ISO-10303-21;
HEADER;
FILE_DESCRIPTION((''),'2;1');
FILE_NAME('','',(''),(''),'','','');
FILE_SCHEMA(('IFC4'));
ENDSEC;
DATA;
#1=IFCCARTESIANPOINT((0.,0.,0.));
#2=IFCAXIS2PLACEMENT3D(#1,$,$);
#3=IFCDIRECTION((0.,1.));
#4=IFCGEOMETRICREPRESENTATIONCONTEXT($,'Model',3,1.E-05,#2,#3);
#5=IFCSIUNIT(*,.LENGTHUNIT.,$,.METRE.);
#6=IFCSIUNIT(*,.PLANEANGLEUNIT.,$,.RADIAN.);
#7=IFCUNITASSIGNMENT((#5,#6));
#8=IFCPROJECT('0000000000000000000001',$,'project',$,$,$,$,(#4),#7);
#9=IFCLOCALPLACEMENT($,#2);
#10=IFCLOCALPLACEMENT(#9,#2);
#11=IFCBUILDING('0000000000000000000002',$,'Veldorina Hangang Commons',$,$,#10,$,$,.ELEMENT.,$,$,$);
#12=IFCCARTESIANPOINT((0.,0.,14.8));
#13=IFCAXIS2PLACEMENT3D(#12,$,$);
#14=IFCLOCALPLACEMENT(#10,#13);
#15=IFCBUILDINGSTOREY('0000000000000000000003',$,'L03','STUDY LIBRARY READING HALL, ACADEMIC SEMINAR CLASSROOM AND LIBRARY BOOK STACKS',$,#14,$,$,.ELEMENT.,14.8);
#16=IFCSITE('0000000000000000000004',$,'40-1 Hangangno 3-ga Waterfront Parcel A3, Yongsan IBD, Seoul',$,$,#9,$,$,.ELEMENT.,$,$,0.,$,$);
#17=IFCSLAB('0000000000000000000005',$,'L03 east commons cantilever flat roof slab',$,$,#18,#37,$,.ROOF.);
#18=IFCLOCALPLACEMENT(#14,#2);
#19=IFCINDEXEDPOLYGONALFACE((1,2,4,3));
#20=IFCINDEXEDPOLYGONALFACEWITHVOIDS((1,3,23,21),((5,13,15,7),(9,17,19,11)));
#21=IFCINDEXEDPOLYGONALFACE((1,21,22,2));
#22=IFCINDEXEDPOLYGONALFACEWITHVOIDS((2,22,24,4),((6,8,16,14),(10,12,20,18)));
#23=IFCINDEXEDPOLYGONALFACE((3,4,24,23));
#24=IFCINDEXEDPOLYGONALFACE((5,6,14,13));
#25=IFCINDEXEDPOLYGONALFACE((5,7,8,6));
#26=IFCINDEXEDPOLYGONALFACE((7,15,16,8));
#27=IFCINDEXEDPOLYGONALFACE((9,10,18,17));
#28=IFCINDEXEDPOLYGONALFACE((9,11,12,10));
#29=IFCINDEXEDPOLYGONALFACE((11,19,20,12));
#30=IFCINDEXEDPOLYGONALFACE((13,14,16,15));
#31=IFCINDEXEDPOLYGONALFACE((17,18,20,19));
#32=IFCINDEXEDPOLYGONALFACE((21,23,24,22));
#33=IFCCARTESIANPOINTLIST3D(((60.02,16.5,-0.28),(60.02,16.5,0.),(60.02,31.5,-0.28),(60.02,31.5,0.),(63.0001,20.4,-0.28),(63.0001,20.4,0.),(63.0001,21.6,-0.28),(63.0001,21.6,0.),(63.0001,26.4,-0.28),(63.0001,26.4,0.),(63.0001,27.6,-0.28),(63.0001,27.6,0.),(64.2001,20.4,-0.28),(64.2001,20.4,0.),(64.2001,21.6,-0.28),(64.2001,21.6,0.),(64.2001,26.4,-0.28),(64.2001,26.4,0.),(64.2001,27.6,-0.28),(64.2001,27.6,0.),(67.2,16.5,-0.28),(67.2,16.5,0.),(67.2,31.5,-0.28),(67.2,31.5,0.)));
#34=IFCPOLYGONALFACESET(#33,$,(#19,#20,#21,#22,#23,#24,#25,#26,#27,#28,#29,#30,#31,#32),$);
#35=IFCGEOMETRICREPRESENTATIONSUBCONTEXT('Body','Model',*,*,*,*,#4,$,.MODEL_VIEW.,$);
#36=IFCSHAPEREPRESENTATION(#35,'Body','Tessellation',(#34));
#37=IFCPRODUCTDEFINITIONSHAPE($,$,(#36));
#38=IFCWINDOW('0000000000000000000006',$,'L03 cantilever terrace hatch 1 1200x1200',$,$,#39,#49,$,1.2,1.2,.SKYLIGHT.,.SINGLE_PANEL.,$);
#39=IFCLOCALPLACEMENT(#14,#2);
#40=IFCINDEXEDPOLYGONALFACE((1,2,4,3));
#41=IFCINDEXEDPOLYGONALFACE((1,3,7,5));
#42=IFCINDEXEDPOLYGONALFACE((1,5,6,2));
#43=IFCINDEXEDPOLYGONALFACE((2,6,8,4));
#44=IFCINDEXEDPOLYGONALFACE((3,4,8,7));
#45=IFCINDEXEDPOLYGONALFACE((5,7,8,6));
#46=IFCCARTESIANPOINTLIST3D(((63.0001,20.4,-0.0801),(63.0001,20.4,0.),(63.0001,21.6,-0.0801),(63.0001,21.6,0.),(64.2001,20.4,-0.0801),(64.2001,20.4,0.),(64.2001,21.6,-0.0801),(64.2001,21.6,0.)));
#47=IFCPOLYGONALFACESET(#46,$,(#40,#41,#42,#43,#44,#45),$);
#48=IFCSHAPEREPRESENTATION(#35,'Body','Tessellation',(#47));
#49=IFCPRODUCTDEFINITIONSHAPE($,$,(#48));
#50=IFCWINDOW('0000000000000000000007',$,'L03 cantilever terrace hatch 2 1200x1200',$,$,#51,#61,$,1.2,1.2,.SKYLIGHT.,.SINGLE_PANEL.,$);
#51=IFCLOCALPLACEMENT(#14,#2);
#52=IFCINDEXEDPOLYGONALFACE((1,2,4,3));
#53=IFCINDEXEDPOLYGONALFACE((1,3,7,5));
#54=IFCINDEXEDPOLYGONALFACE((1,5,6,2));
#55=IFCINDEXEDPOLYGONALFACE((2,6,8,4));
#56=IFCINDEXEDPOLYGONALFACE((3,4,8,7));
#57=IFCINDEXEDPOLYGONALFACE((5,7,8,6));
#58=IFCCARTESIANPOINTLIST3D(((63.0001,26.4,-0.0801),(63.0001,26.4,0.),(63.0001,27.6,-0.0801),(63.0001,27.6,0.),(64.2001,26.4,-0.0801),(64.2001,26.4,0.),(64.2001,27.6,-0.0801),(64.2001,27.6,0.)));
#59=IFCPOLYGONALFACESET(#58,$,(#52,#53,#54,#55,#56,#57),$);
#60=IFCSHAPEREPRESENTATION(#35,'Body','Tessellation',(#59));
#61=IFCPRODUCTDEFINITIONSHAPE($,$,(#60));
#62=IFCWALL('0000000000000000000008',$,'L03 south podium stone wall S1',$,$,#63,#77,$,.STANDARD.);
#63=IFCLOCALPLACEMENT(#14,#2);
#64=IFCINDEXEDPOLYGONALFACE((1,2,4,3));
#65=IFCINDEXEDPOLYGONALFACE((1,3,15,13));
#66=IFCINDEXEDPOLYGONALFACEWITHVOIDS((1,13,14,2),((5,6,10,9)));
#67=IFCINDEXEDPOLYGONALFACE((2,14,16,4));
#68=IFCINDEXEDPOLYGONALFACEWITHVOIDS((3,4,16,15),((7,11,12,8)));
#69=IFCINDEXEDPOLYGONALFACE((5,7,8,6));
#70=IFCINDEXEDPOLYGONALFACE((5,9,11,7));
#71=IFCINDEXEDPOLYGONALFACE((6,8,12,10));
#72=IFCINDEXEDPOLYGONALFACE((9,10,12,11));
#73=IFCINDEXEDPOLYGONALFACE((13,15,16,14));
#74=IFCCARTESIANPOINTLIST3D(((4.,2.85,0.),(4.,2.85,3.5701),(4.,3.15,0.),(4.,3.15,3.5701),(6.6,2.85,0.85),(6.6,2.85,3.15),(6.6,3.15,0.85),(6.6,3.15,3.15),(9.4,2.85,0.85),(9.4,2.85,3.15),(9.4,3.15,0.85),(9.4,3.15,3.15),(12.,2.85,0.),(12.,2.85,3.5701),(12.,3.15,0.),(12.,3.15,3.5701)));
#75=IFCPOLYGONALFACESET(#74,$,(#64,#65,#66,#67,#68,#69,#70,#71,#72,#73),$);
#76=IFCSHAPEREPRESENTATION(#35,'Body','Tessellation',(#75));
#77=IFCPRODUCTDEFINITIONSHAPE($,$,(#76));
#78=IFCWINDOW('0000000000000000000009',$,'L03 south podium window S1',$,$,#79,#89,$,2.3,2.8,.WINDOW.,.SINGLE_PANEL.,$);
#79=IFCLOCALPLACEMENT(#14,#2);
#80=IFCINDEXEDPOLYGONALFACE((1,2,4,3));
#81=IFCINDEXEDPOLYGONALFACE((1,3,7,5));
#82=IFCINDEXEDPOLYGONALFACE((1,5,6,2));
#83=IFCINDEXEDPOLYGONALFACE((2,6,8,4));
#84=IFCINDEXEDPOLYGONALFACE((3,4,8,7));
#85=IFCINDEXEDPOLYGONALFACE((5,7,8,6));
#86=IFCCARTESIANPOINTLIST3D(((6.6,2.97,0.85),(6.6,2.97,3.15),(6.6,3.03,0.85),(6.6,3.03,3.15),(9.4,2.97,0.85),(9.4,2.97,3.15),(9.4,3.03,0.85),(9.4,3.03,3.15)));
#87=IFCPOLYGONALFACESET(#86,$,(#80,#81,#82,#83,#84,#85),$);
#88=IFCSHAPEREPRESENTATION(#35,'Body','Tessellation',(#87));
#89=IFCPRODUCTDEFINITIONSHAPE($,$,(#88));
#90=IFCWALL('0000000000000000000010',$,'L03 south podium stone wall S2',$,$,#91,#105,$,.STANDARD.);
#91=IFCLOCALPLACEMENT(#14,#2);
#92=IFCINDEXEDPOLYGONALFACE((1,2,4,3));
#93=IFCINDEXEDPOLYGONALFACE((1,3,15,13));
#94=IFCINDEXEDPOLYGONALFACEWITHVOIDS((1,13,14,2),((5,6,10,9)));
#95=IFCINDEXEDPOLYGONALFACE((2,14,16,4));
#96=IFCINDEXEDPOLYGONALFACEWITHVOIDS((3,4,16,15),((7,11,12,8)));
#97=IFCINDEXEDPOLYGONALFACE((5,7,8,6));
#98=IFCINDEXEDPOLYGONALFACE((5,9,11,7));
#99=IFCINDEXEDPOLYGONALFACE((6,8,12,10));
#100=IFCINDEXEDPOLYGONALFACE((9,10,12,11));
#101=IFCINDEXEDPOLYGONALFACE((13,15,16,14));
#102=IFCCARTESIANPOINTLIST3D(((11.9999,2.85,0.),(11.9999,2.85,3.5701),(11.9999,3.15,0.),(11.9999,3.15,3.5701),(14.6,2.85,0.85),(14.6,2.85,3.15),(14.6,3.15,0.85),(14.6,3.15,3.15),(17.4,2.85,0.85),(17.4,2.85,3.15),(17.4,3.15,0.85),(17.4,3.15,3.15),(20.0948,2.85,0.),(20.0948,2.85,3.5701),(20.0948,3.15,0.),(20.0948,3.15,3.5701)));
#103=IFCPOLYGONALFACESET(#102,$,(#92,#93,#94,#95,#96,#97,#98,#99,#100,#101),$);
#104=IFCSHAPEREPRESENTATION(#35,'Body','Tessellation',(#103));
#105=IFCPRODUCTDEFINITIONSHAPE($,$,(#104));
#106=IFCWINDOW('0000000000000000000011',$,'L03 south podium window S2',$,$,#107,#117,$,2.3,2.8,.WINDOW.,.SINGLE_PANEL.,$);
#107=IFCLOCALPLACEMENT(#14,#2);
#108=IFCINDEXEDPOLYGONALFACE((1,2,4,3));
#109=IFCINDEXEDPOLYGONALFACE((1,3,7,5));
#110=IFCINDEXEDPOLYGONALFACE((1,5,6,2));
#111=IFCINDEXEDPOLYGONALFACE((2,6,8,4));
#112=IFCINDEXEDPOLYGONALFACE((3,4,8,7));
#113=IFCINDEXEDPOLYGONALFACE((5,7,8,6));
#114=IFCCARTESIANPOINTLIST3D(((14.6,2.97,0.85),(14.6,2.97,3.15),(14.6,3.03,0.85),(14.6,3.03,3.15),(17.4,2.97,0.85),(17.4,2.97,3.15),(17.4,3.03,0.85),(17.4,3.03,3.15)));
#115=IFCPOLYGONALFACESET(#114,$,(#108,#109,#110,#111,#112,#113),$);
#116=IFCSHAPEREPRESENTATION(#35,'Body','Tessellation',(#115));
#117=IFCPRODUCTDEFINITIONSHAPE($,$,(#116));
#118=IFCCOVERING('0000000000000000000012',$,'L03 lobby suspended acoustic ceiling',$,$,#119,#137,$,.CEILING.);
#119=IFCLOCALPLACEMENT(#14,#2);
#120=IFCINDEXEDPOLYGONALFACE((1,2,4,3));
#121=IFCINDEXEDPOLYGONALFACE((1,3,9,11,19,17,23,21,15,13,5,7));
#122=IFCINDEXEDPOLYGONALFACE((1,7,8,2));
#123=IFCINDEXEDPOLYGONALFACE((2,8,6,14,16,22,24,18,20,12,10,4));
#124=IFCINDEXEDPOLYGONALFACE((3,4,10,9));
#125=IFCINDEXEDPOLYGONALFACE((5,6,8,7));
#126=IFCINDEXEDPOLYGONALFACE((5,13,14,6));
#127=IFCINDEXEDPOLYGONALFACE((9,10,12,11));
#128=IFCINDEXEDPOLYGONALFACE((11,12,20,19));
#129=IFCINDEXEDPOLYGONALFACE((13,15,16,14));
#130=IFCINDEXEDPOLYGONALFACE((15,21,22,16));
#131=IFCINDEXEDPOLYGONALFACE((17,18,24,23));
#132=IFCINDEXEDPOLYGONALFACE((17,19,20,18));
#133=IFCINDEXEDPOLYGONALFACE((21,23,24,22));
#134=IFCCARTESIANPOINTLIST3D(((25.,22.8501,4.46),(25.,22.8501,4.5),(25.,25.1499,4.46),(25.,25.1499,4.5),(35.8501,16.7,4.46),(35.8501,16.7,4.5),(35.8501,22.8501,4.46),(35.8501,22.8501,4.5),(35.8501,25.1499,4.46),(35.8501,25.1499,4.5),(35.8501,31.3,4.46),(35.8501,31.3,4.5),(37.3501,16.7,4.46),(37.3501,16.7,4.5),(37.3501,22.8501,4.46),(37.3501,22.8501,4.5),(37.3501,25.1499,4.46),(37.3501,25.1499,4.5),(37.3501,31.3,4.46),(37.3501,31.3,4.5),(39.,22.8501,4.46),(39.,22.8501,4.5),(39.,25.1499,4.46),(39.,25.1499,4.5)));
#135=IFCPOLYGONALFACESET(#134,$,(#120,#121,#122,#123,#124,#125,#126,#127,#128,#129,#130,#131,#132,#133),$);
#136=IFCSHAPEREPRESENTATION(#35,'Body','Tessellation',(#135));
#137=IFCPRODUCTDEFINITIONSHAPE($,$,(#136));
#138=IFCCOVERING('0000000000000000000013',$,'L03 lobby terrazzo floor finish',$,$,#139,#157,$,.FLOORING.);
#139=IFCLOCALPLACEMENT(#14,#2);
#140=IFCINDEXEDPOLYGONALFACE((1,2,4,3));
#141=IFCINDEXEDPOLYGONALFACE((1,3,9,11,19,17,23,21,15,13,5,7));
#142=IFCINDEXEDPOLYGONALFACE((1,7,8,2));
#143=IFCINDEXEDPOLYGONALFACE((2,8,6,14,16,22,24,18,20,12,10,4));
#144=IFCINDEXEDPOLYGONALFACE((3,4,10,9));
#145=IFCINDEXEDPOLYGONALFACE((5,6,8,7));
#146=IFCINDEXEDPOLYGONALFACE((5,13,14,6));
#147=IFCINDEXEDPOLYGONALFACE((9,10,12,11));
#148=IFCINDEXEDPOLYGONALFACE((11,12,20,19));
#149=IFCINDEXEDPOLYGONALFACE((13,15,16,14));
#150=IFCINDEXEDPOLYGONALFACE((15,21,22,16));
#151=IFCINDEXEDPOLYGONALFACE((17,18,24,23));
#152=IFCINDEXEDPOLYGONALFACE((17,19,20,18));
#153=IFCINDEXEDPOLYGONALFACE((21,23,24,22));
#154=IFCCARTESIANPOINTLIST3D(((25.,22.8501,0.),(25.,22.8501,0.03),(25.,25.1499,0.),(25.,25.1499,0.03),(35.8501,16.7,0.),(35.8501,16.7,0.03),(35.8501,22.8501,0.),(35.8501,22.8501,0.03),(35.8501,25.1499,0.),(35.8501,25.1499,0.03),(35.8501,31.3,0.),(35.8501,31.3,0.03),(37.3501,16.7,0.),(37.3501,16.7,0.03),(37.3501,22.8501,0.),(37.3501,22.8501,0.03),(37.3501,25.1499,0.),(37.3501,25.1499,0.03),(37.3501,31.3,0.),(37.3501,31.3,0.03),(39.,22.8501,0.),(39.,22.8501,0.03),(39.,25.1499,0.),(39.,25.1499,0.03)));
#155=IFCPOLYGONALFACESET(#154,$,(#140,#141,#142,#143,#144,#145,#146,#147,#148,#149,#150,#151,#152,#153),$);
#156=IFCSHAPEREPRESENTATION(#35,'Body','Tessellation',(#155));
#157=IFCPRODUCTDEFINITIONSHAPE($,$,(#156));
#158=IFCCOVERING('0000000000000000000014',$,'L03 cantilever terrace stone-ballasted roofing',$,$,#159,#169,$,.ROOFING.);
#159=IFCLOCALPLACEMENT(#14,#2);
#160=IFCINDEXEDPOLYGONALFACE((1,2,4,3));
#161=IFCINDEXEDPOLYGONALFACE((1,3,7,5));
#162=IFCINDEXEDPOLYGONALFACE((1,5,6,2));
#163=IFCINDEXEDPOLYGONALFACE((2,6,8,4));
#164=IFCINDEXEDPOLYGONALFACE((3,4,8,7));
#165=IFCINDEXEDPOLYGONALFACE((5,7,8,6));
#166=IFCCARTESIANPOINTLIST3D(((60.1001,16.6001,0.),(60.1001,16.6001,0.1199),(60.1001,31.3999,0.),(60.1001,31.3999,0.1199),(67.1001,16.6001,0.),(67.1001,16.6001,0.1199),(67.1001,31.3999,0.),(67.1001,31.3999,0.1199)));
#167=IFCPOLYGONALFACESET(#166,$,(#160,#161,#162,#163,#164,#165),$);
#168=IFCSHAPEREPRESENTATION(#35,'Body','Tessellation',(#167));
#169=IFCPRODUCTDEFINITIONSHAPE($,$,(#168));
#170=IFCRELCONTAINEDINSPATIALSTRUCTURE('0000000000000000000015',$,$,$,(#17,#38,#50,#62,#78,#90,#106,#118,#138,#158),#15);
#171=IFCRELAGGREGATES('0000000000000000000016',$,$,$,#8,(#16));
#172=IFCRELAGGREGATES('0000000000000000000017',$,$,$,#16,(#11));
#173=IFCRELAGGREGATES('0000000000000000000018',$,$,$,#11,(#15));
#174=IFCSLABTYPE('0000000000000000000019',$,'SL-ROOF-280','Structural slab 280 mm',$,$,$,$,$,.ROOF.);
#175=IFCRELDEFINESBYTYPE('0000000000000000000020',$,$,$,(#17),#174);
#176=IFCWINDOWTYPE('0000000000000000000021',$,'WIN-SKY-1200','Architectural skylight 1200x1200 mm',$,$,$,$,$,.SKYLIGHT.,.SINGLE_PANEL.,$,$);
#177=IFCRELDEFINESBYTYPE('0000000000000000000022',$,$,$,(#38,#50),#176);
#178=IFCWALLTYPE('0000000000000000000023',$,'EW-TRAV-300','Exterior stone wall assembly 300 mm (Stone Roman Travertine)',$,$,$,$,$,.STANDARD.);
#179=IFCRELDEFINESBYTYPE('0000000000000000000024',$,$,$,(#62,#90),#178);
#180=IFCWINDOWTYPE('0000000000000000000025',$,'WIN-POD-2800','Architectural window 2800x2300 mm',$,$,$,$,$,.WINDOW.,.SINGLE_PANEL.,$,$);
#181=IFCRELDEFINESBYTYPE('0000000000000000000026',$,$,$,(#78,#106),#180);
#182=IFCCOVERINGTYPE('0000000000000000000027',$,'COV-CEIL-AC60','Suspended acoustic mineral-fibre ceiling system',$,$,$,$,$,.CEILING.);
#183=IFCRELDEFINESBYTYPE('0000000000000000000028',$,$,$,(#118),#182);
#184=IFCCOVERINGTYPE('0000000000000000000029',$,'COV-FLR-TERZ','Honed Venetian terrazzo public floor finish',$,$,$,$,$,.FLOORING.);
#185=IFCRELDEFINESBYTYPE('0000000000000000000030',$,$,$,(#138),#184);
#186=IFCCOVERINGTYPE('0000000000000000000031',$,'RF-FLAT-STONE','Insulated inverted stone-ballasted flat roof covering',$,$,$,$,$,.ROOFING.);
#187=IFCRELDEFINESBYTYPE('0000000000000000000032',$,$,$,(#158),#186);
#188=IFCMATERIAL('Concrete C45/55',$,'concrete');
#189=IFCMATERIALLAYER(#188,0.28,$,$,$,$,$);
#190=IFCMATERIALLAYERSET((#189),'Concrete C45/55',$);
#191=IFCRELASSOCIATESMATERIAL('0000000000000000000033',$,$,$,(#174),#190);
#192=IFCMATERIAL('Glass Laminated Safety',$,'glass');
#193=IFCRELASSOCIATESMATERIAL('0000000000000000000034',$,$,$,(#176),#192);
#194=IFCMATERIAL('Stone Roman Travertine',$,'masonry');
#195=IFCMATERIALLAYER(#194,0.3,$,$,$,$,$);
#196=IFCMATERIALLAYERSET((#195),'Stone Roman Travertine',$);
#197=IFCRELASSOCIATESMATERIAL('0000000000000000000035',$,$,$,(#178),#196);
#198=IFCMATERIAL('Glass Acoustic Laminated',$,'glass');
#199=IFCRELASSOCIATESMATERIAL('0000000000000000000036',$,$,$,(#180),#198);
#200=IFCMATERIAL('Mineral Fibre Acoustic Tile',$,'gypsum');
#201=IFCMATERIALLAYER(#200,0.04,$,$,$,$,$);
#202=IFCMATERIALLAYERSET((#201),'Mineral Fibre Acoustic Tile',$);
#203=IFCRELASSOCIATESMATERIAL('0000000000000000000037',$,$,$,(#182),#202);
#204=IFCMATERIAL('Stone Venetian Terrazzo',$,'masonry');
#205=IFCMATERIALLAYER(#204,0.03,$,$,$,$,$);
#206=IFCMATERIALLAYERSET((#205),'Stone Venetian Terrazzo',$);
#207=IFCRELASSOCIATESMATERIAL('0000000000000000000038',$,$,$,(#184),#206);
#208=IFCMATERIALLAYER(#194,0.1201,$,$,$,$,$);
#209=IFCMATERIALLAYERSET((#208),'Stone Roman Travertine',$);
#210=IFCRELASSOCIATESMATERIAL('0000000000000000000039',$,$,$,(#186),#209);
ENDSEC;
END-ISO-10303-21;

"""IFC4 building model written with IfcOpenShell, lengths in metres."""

from ifc_helpers import new_model, si_unit, direction, frame, frame_2d, origin, origin_2d, place, context, subcontext, project, spatial, polyline, rectangle, outline, extrude, material, layer, layer_set, type_object, element, fill, save


model = new_model("IFC4")

# Units and contexts
model_context = context("Model", 3, precision=1e-05, world=origin(), true_north=direction((0.0, 1.0)))
body_context = subcontext(model_context, "Body", "Model", "MODEL_VIEW")
ifc_project = project(units=[si_unit("LENGTHUNIT", "METRE"), si_unit("PLANEANGLEUNIT", "RADIAN")], contexts=[model_context])

# Site, building, storey
site_placement = place(None, origin())
site = spatial("IfcSite", under=ifc_project, at=site_placement, Name="40-1 Hangangno 3-ga Waterfront Parcel A3, Yongsan IBD, Seoul", CompositionType="ELEMENT", RefElevation=0.0)
building_placement = place(site_placement, origin())
building = spatial("IfcBuilding", under=site, at=building_placement, Name="Veldorina Hangang Commons", CompositionType="ELEMENT")
storey_placement = place(building_placement, frame((0.0, 0.0, 14.8)))
storey = spatial("IfcBuildingStorey", under=building, at=storey_placement, Name="L03", Description="STUDY LIBRARY READING HALL, ACADEMIC SEMINAR CLASSROOM AND LIBRARY BOOK STACKS", CompositionType="ELEMENT", Elevation=14.8)

# Shared definitions
ifc_material_1 = material(Name="Concrete C45/55", Category="concrete")

# Slab, openings, windows
ifc_layer_1 = layer(ifc_material_1, 0.28)
ifc_layer_set_1 = layer_set([ifc_layer_1], Name="Concrete C45/55")
slab_type_1 = type_object("IfcSlabType", Name="SL-ROOF-280", Description="Structural slab 280 mm", PredefinedType="ROOF", material=ifc_layer_set_1)
slab_1_placement = place(storey_placement, frame((0.0, 0.0, -0.28)))
slab_1 = element("IfcSlab", 1, at=slab_1_placement, inside=storey, type_object=slab_type_1, Name="L03 east commons cantilever flat roof slab", PredefinedType="ROOF", context=body_context, shape_type="SweptSolid", body=[
    extrude(outline(polyline([(60.02, 16.5), (67.2, 16.5), (67.2, 31.5), (60.02, 31.5), (60.02, 16.5)])), origin(), (0.0, 0.0, 1.0), 0.28),
])
opening_1_placement = place(slab_1_placement, frame((63.6001, 21.0, 0.0)))
opening_1 = element("IfcOpeningElement", 2, at=opening_1_placement, cuts=slab_1, PredefinedType="OPENING", context=body_context, shape_type="SweptSolid", body=[
    extrude(rectangle(XDim=1.2, YDim=1.2, at=origin_2d()), frame((0.0, 0.0, -0.01)), (0.0, 0.0, 1.0), 0.3),
])
opening_2_placement = place(slab_1_placement, frame((63.6001, 27.0, 0.0)))
opening_2 = element("IfcOpeningElement", 3, at=opening_2_placement, cuts=slab_1, PredefinedType="OPENING", context=body_context, shape_type="SweptSolid", body=[
    extrude(rectangle(XDim=1.2, YDim=1.2, at=origin_2d()), frame((0.0, 0.0, -0.01)), (0.0, 0.0, 1.0), 0.3),
])
ifc_material_2 = material(Name="Glass Laminated Safety", Category="glass")
window_type_1 = type_object("IfcWindowType", Name="WIN-SKY-1200", Description="Architectural skylight 1200x1200 mm", PartitioningType="SINGLE_PANEL", PredefinedType="SKYLIGHT", material=ifc_material_2)
window_1_placement = place(opening_1_placement, frame((0.0, 0.0, 0.2)))
window_1 = element("IfcWindow", 4, at=window_1_placement, inside=storey, type_object=window_type_1, Name="L03 cantilever terrace hatch 1 1200x1200", OverallHeight=1.2, OverallWidth=1.2, PartitioningType="SINGLE_PANEL", PredefinedType="SKYLIGHT", context=body_context, shape_type="SweptSolid", body=[
    extrude(rectangle(XDim=1.2, YDim=1.2, at=origin_2d()), origin(), (0.0, 0.0, 1.0), 0.0801),
])
fill(opening_1, window_1)
window_2_placement = place(opening_2_placement, frame((0.0, 0.0, 0.2)))
window_2 = element("IfcWindow", 5, at=window_2_placement, inside=storey, type_object=window_type_1, Name="L03 cantilever terrace hatch 2 1200x1200", OverallHeight=1.2, OverallWidth=1.2, PartitioningType="SINGLE_PANEL", PredefinedType="SKYLIGHT", context=body_context, shape_type="SweptSolid", body=[
    extrude(rectangle(XDim=1.2, YDim=1.2, at=origin_2d()), origin(), (0.0, 0.0, 1.0), 0.0801),
])
fill(opening_2, window_2)

# Walls, openings, windows
ifc_material_3 = material(Name="Stone Roman Travertine", Category="masonry")
ifc_layer_2 = layer(ifc_material_3, 0.3)
ifc_layer_set_2 = layer_set([ifc_layer_2], Name="Stone Roman Travertine")
wall_type = type_object("IfcWallType", Name="EW-TRAV-300", Description="Exterior stone wall assembly 300 mm (Stone Roman Travertine)", PredefinedType="STANDARD", material=ifc_layer_set_2)
wall_1_placement = place(storey_placement, frame((4.0, 3.0, 0.0), z_axis=(0.0, 0.0, 1.0), x_axis=(1.0, 0.0, 0.0)))
wall_1 = element("IfcWall", 6, at=wall_1_placement, inside=storey, type_object=wall_type, Name="L03 south podium stone wall S1", PredefinedType="STANDARD", context=body_context, shape_type="SweptSolid", body=[
    extrude(rectangle(XDim=8.0, YDim=0.3, at=frame_2d((4.0, 0.0))), origin(), (0.0, 0.0, 1.0), 3.5701),
])
opening_3_placement = place(wall_1_placement, frame((2.6001, 0.0, 0.8501)))
opening_3 = element("IfcOpeningElement", 7, at=opening_3_placement, cuts=wall_1, PredefinedType="OPENING", context=body_context, shape_type="SweptSolid", body=[
    extrude(rectangle(XDim=2.8, YDim=2.3, at=frame_2d((1.3999, 1.1499))), frame((0.0, 0.1602, 0.0), z_axis=(0.0, -1.0, 0.0), x_axis=(1.0, 0.0, 0.0)), (0.0, 0.0, 1.0), 0.3201),
])
ifc_material_4 = material(Name="Glass Acoustic Laminated", Category="glass")
window_type_2 = type_object("IfcWindowType", Name="WIN-POD-2800", Description="Architectural window 2800x2300 mm", PartitioningType="SINGLE_PANEL", PredefinedType="WINDOW", material=ifc_material_4)
window_3_placement = place(opening_3_placement, origin())
window_3 = element("IfcWindow", 8, at=window_3_placement, inside=storey, type_object=window_type_2, Name="L03 south podium window S1", OverallHeight=2.3, OverallWidth=2.8, PartitioningType="SINGLE_PANEL", PredefinedType="WINDOW", context=body_context, shape_type="SweptSolid", body=[
    extrude(rectangle(XDim=2.8, YDim=2.3, at=frame_2d((1.3999, 1.1499))), frame((0.0, 0.03, 0.0), z_axis=(0.0, -1.0, 0.0), x_axis=(1.0, 0.0, 0.0)), (0.0, 0.0, 1.0), 0.0601),
])
fill(opening_3, window_3)
wall_2_placement = place(storey_placement, frame((12.0, 3.0, 0.0), z_axis=(0.0, 0.0, 1.0), x_axis=(1.0, 0.0, 0.0)))
wall_2 = element("IfcWall", 9, at=wall_2_placement, inside=storey, type_object=wall_type, Name="L03 south podium stone wall S2", PredefinedType="STANDARD", context=body_context, shape_type="SweptSolid", body=[
    extrude(rectangle(XDim=8.095, YDim=0.3, at=frame_2d((4.0474, 0.0))), origin(), (0.0, 0.0, 1.0), 3.5701),
])
opening_4_placement = place(wall_2_placement, frame((2.6001, 0.0, 0.8501)))
opening_4 = element("IfcOpeningElement", 10, at=opening_4_placement, cuts=wall_2, PredefinedType="OPENING", context=body_context, shape_type="SweptSolid", body=[
    extrude(rectangle(XDim=2.8, YDim=2.3, at=frame_2d((1.3999, 1.1499))), frame((0.0, 0.1602, 0.0), z_axis=(0.0, -1.0, 0.0), x_axis=(1.0, 0.0, 0.0)), (0.0, 0.0, 1.0), 0.3201),
])
window_4_placement = place(opening_4_placement, origin())
window_4 = element("IfcWindow", 11, at=window_4_placement, inside=storey, type_object=window_type_2, Name="L03 south podium window S2", OverallHeight=2.3, OverallWidth=2.8, PartitioningType="SINGLE_PANEL", PredefinedType="WINDOW", context=body_context, shape_type="SweptSolid", body=[
    extrude(rectangle(XDim=2.8, YDim=2.3, at=frame_2d((1.3999, 1.1499))), frame((0.0, 0.03, 0.0), z_axis=(0.0, -1.0, 0.0), x_axis=(1.0, 0.0, 0.0)), (0.0, 0.0, 1.0), 0.0601),
])
fill(opening_4, window_4)

# Coverings
ifc_material_5 = material(Name="Mineral Fibre Acoustic Tile", Category="gypsum")
ifc_layer_3 = layer(ifc_material_5, 0.04)
ifc_layer_set_3 = layer_set([ifc_layer_3], Name="Mineral Fibre Acoustic Tile")
covering_type_1 = type_object("IfcCoveringType", Name="COV-CEIL-AC60", Description="Suspended acoustic mineral-fibre ceiling system", PredefinedType="CEILING", material=ifc_layer_set_3)
covering_1_placement = place(storey_placement, frame((0.0, 0.0, 4.46)))
element("IfcCovering", 12, at=covering_1_placement, inside=storey, type_object=covering_type_1, Name="L03 lobby suspended acoustic ceiling", PredefinedType="CEILING", context=body_context, shape_type="SweptSolid", body=[
    extrude(outline(polyline([(25.0, 22.8501), (35.8501, 22.8501), (35.8501, 16.7), (37.3501, 16.7), (37.3501, 22.8501), (39.0, 22.8501), (39.0, 25.1499), (37.3501, 25.1499), (37.3501, 31.3), (35.8501, 31.3), (35.8501, 25.1499), (25.0, 25.1499), (25.0, 22.8501)])), origin(), (0.0, 0.0, 1.0), 0.04),
])
ifc_material_6 = material(Name="Stone Venetian Terrazzo", Category="masonry")
ifc_layer_4 = layer(ifc_material_6, 0.03)
ifc_layer_set_4 = layer_set([ifc_layer_4], Name="Stone Venetian Terrazzo")
covering_type_2 = type_object("IfcCoveringType", Name="COV-FLR-TERZ", Description="Honed Venetian terrazzo public floor finish", PredefinedType="FLOORING", material=ifc_layer_set_4)
covering_2_placement = place(storey_placement, origin())
element("IfcCovering", 13, at=covering_2_placement, inside=storey, type_object=covering_type_2, Name="L03 lobby terrazzo floor finish", PredefinedType="FLOORING", context=body_context, shape_type="SweptSolid", body=[
    extrude(outline(polyline([(25.0, 22.8501), (35.8501, 22.8501), (35.8501, 16.7), (37.3501, 16.7), (37.3501, 22.8501), (39.0, 22.8501), (39.0, 25.1499), (37.3501, 25.1499), (37.3501, 31.3), (35.8501, 31.3), (35.8501, 25.1499), (25.0, 25.1499), (25.0, 22.8501)])), origin(), (0.0, 0.0, 1.0), 0.03),
])
ifc_layer_5 = layer(ifc_material_3, 0.1201)
ifc_layer_set_5 = layer_set([ifc_layer_5], Name="Stone Roman Travertine")
covering_type_3 = type_object("IfcCoveringType", Name="RF-FLAT-STONE", Description="Insulated inverted stone-ballasted flat roof covering", PredefinedType="ROOFING", material=ifc_layer_set_5)
covering_3_placement = place(storey_placement, origin())
element("IfcCovering", 14, at=covering_3_placement, inside=storey, type_object=covering_type_3, Name="L03 cantilever terrace stone-ballasted roofing", PredefinedType="ROOFING", context=body_context, shape_type="SweptSolid", body=[
    extrude(outline(polyline([(60.1001, 16.6001), (67.1001, 16.6001), (67.1001, 31.3999), (60.1001, 31.3999), (60.1001, 16.6001)])), origin(), (0.0, 0.0, 1.0), 0.1199),
])

save(model, "model.ifc")
